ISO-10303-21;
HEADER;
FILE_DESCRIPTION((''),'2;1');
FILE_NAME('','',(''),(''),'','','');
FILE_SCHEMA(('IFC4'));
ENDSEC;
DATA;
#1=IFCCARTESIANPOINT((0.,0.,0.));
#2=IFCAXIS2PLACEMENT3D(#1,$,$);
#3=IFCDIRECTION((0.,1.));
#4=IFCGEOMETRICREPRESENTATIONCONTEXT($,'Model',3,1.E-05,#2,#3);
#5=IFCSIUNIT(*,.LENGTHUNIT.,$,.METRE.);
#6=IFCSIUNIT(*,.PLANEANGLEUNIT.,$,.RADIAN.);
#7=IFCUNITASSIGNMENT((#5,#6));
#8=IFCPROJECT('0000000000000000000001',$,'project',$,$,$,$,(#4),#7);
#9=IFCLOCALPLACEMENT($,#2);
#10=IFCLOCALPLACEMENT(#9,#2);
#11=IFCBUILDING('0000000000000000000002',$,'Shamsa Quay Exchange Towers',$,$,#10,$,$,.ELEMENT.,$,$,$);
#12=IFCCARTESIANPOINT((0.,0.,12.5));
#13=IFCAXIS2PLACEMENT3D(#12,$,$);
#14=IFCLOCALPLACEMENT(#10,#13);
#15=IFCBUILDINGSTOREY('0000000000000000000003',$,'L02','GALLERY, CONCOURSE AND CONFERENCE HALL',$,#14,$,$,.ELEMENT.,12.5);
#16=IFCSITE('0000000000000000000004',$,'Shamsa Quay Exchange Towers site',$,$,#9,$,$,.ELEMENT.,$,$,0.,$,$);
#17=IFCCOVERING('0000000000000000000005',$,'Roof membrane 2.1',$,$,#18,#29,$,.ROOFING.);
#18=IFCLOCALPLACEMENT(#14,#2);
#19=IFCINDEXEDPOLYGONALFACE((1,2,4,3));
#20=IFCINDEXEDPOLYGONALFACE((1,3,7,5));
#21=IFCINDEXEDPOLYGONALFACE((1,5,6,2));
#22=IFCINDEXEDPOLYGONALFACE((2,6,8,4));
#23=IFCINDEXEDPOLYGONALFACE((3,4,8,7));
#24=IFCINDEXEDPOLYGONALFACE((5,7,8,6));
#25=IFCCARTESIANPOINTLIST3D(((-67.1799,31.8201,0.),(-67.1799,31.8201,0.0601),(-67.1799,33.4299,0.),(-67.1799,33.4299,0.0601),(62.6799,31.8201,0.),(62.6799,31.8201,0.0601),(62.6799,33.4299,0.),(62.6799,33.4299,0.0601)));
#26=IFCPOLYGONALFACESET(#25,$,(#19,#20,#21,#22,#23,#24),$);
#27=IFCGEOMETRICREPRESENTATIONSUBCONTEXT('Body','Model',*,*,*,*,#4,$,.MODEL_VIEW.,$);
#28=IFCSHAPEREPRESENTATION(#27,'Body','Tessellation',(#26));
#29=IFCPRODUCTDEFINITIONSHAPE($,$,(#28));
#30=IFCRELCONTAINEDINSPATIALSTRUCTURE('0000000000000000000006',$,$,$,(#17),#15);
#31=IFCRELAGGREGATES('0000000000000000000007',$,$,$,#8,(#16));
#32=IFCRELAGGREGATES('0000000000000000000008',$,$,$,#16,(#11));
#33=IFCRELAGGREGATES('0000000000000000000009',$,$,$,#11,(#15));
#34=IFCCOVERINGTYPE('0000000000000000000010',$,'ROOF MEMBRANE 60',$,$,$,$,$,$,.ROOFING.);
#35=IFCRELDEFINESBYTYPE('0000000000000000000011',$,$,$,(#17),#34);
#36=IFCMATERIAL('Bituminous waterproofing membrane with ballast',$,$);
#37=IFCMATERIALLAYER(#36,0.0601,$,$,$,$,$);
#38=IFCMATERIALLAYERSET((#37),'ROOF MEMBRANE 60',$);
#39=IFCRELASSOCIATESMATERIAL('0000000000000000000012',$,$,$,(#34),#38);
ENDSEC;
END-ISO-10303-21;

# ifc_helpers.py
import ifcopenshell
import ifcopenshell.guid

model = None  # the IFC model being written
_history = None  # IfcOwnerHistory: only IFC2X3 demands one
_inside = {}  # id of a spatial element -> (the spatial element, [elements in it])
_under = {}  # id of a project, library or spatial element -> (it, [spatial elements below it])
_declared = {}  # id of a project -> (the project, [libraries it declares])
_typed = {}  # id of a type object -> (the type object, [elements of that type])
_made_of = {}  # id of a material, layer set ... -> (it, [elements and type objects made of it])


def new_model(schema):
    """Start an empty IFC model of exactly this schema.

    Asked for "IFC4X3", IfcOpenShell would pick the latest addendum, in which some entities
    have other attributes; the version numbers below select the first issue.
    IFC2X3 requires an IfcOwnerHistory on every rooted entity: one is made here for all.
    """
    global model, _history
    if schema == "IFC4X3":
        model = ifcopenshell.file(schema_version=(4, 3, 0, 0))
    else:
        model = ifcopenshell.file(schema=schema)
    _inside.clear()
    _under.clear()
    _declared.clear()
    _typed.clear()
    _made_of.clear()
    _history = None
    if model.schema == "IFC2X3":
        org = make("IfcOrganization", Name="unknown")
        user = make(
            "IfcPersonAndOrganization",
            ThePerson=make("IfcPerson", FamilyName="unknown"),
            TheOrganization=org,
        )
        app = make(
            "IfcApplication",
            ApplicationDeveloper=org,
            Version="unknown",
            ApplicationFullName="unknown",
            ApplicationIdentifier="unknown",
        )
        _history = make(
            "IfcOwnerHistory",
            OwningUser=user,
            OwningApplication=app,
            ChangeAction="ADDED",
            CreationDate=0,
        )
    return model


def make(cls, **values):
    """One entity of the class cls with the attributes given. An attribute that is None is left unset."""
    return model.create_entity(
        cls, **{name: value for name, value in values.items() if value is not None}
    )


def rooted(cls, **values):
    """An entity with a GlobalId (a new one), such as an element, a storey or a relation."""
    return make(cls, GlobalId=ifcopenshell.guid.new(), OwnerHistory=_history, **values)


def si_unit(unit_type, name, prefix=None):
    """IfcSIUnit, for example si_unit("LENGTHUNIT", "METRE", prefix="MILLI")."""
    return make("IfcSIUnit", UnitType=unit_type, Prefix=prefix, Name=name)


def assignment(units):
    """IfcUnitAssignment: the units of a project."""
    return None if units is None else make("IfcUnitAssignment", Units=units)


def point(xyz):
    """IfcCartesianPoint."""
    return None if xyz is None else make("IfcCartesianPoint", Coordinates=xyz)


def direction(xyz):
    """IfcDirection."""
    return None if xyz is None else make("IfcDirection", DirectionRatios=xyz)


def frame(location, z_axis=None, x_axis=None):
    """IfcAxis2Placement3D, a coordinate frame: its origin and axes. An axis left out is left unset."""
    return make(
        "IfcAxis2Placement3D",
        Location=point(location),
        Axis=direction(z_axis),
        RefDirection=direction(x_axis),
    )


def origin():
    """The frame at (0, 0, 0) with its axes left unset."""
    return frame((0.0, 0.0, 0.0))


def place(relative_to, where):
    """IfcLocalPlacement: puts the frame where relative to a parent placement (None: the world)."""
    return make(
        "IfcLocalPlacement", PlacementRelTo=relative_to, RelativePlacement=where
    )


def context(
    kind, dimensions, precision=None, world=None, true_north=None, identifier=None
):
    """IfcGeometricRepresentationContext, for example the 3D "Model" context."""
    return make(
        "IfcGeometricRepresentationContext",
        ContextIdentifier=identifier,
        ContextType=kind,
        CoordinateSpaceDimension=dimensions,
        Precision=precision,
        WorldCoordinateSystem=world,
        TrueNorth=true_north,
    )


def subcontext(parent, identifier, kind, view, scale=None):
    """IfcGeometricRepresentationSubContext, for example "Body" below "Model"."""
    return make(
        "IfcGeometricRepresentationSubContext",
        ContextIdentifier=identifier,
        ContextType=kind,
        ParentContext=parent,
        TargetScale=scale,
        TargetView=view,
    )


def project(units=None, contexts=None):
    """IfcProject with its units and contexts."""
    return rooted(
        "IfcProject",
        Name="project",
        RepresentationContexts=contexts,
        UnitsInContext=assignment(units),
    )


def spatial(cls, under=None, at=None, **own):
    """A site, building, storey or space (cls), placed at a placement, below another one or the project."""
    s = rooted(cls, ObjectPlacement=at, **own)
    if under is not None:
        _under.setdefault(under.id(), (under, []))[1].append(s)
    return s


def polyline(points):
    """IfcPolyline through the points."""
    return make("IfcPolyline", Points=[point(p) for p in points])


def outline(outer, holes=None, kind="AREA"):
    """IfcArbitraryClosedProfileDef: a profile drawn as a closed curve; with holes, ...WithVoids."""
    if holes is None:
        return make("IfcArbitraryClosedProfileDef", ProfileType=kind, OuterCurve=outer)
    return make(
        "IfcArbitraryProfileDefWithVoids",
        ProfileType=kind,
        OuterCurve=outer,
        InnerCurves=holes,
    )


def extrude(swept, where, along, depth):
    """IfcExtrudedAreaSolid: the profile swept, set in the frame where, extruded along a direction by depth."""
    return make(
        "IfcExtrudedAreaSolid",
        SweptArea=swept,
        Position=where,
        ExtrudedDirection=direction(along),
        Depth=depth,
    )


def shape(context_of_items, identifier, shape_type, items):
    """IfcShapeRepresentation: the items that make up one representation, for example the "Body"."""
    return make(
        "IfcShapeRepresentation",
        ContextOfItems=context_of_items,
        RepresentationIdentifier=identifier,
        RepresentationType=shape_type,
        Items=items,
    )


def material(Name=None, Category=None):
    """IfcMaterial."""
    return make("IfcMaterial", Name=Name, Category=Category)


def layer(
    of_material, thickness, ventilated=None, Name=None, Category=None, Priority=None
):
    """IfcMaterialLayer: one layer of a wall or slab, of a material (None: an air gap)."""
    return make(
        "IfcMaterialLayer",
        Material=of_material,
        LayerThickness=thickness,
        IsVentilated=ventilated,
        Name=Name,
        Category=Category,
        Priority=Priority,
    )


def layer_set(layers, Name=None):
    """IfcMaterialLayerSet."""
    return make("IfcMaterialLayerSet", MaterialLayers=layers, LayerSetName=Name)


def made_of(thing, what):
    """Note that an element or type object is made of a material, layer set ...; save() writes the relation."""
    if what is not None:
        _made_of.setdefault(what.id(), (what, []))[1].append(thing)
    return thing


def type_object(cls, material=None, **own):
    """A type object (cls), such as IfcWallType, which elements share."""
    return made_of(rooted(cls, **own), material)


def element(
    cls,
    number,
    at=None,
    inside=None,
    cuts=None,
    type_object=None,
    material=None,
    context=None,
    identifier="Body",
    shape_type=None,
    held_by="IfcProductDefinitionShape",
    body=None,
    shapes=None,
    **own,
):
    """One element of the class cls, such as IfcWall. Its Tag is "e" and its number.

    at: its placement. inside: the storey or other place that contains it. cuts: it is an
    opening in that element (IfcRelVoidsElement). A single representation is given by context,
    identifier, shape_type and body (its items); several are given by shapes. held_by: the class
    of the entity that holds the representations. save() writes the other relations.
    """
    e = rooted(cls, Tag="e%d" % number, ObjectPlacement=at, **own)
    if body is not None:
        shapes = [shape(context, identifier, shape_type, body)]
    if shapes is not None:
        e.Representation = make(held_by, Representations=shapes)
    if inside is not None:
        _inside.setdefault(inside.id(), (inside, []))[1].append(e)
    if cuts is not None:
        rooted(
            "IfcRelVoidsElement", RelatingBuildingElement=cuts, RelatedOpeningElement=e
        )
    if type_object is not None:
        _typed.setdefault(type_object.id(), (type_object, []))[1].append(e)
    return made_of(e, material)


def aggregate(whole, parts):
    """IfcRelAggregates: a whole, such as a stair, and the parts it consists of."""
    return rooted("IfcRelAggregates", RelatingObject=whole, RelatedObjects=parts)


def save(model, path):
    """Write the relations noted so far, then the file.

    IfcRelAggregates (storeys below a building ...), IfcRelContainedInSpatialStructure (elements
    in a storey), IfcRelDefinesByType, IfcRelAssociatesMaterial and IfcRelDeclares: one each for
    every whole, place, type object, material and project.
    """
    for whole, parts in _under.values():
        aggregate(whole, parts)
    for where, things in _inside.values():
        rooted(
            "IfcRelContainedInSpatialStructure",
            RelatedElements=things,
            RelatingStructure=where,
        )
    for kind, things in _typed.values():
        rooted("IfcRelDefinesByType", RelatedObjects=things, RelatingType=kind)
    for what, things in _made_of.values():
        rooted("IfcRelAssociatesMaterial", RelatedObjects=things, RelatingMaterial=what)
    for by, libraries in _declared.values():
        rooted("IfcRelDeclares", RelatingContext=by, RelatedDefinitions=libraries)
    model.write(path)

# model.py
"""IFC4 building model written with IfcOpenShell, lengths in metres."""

from ifc_helpers import new_model, si_unit, direction, frame, origin, place, context, subcontext, project, spatial, polyline, outline, extrude, material, layer, layer_set, type_object, element, save


model = new_model("IFC4")

# Units and contexts
model_context = context("Model", 3, precision=1e-05, world=origin(), true_north=direction((0.0, 1.0)))
body_context = subcontext(model_context, "Body", "Model", "MODEL_VIEW")
ifc_project = project(units=[si_unit("LENGTHUNIT", "METRE"), si_unit("PLANEANGLEUNIT", "RADIAN")], contexts=[model_context])

# Site, building, storey
site_placement = place(None, origin())
site = spatial("IfcSite", under=ifc_project, at=site_placement, Name="Shamsa Quay Exchange Towers site", CompositionType="ELEMENT", RefElevation=0.0)
building_placement = place(site_placement, origin())
building = spatial("IfcBuilding", under=site, at=building_placement, Name="Shamsa Quay Exchange Towers", CompositionType="ELEMENT")
storey_placement = place(building_placement, frame((0.0, 0.0, 12.5)))
storey = spatial("IfcBuildingStorey", under=building, at=storey_placement, Name="L02", Description="GALLERY, CONCOURSE AND CONFERENCE HALL", CompositionType="ELEMENT", Elevation=12.5)

# Covering
ifc_material_1 = material(Name="Bituminous waterproofing membrane with ballast")
ifc_layer_1 = layer(ifc_material_1, 0.0601)
ifc_layer_set_1 = layer_set([ifc_layer_1], Name="ROOF MEMBRANE 60")
covering_type = type_object("IfcCoveringType", Name="ROOF MEMBRANE 60", PredefinedType="ROOFING", material=ifc_layer_set_1)
covering_placement = place(storey_placement, origin())
element("IfcCovering", 1, at=covering_placement, inside=storey, type_object=covering_type, Name="Roof membrane 2.1", PredefinedType="ROOFING", context=body_context, shape_type="SweptSolid", body=[
    extrude(outline(polyline([(-67.1799, 33.4299), (62.6799, 33.4299), (62.6799, 31.8201), (-67.1799, 31.8201), (-67.1799, 33.4299)])), origin(), (0.0, 0.0, 1.0), 0.0601),
])

save(model, "model.ifc")
